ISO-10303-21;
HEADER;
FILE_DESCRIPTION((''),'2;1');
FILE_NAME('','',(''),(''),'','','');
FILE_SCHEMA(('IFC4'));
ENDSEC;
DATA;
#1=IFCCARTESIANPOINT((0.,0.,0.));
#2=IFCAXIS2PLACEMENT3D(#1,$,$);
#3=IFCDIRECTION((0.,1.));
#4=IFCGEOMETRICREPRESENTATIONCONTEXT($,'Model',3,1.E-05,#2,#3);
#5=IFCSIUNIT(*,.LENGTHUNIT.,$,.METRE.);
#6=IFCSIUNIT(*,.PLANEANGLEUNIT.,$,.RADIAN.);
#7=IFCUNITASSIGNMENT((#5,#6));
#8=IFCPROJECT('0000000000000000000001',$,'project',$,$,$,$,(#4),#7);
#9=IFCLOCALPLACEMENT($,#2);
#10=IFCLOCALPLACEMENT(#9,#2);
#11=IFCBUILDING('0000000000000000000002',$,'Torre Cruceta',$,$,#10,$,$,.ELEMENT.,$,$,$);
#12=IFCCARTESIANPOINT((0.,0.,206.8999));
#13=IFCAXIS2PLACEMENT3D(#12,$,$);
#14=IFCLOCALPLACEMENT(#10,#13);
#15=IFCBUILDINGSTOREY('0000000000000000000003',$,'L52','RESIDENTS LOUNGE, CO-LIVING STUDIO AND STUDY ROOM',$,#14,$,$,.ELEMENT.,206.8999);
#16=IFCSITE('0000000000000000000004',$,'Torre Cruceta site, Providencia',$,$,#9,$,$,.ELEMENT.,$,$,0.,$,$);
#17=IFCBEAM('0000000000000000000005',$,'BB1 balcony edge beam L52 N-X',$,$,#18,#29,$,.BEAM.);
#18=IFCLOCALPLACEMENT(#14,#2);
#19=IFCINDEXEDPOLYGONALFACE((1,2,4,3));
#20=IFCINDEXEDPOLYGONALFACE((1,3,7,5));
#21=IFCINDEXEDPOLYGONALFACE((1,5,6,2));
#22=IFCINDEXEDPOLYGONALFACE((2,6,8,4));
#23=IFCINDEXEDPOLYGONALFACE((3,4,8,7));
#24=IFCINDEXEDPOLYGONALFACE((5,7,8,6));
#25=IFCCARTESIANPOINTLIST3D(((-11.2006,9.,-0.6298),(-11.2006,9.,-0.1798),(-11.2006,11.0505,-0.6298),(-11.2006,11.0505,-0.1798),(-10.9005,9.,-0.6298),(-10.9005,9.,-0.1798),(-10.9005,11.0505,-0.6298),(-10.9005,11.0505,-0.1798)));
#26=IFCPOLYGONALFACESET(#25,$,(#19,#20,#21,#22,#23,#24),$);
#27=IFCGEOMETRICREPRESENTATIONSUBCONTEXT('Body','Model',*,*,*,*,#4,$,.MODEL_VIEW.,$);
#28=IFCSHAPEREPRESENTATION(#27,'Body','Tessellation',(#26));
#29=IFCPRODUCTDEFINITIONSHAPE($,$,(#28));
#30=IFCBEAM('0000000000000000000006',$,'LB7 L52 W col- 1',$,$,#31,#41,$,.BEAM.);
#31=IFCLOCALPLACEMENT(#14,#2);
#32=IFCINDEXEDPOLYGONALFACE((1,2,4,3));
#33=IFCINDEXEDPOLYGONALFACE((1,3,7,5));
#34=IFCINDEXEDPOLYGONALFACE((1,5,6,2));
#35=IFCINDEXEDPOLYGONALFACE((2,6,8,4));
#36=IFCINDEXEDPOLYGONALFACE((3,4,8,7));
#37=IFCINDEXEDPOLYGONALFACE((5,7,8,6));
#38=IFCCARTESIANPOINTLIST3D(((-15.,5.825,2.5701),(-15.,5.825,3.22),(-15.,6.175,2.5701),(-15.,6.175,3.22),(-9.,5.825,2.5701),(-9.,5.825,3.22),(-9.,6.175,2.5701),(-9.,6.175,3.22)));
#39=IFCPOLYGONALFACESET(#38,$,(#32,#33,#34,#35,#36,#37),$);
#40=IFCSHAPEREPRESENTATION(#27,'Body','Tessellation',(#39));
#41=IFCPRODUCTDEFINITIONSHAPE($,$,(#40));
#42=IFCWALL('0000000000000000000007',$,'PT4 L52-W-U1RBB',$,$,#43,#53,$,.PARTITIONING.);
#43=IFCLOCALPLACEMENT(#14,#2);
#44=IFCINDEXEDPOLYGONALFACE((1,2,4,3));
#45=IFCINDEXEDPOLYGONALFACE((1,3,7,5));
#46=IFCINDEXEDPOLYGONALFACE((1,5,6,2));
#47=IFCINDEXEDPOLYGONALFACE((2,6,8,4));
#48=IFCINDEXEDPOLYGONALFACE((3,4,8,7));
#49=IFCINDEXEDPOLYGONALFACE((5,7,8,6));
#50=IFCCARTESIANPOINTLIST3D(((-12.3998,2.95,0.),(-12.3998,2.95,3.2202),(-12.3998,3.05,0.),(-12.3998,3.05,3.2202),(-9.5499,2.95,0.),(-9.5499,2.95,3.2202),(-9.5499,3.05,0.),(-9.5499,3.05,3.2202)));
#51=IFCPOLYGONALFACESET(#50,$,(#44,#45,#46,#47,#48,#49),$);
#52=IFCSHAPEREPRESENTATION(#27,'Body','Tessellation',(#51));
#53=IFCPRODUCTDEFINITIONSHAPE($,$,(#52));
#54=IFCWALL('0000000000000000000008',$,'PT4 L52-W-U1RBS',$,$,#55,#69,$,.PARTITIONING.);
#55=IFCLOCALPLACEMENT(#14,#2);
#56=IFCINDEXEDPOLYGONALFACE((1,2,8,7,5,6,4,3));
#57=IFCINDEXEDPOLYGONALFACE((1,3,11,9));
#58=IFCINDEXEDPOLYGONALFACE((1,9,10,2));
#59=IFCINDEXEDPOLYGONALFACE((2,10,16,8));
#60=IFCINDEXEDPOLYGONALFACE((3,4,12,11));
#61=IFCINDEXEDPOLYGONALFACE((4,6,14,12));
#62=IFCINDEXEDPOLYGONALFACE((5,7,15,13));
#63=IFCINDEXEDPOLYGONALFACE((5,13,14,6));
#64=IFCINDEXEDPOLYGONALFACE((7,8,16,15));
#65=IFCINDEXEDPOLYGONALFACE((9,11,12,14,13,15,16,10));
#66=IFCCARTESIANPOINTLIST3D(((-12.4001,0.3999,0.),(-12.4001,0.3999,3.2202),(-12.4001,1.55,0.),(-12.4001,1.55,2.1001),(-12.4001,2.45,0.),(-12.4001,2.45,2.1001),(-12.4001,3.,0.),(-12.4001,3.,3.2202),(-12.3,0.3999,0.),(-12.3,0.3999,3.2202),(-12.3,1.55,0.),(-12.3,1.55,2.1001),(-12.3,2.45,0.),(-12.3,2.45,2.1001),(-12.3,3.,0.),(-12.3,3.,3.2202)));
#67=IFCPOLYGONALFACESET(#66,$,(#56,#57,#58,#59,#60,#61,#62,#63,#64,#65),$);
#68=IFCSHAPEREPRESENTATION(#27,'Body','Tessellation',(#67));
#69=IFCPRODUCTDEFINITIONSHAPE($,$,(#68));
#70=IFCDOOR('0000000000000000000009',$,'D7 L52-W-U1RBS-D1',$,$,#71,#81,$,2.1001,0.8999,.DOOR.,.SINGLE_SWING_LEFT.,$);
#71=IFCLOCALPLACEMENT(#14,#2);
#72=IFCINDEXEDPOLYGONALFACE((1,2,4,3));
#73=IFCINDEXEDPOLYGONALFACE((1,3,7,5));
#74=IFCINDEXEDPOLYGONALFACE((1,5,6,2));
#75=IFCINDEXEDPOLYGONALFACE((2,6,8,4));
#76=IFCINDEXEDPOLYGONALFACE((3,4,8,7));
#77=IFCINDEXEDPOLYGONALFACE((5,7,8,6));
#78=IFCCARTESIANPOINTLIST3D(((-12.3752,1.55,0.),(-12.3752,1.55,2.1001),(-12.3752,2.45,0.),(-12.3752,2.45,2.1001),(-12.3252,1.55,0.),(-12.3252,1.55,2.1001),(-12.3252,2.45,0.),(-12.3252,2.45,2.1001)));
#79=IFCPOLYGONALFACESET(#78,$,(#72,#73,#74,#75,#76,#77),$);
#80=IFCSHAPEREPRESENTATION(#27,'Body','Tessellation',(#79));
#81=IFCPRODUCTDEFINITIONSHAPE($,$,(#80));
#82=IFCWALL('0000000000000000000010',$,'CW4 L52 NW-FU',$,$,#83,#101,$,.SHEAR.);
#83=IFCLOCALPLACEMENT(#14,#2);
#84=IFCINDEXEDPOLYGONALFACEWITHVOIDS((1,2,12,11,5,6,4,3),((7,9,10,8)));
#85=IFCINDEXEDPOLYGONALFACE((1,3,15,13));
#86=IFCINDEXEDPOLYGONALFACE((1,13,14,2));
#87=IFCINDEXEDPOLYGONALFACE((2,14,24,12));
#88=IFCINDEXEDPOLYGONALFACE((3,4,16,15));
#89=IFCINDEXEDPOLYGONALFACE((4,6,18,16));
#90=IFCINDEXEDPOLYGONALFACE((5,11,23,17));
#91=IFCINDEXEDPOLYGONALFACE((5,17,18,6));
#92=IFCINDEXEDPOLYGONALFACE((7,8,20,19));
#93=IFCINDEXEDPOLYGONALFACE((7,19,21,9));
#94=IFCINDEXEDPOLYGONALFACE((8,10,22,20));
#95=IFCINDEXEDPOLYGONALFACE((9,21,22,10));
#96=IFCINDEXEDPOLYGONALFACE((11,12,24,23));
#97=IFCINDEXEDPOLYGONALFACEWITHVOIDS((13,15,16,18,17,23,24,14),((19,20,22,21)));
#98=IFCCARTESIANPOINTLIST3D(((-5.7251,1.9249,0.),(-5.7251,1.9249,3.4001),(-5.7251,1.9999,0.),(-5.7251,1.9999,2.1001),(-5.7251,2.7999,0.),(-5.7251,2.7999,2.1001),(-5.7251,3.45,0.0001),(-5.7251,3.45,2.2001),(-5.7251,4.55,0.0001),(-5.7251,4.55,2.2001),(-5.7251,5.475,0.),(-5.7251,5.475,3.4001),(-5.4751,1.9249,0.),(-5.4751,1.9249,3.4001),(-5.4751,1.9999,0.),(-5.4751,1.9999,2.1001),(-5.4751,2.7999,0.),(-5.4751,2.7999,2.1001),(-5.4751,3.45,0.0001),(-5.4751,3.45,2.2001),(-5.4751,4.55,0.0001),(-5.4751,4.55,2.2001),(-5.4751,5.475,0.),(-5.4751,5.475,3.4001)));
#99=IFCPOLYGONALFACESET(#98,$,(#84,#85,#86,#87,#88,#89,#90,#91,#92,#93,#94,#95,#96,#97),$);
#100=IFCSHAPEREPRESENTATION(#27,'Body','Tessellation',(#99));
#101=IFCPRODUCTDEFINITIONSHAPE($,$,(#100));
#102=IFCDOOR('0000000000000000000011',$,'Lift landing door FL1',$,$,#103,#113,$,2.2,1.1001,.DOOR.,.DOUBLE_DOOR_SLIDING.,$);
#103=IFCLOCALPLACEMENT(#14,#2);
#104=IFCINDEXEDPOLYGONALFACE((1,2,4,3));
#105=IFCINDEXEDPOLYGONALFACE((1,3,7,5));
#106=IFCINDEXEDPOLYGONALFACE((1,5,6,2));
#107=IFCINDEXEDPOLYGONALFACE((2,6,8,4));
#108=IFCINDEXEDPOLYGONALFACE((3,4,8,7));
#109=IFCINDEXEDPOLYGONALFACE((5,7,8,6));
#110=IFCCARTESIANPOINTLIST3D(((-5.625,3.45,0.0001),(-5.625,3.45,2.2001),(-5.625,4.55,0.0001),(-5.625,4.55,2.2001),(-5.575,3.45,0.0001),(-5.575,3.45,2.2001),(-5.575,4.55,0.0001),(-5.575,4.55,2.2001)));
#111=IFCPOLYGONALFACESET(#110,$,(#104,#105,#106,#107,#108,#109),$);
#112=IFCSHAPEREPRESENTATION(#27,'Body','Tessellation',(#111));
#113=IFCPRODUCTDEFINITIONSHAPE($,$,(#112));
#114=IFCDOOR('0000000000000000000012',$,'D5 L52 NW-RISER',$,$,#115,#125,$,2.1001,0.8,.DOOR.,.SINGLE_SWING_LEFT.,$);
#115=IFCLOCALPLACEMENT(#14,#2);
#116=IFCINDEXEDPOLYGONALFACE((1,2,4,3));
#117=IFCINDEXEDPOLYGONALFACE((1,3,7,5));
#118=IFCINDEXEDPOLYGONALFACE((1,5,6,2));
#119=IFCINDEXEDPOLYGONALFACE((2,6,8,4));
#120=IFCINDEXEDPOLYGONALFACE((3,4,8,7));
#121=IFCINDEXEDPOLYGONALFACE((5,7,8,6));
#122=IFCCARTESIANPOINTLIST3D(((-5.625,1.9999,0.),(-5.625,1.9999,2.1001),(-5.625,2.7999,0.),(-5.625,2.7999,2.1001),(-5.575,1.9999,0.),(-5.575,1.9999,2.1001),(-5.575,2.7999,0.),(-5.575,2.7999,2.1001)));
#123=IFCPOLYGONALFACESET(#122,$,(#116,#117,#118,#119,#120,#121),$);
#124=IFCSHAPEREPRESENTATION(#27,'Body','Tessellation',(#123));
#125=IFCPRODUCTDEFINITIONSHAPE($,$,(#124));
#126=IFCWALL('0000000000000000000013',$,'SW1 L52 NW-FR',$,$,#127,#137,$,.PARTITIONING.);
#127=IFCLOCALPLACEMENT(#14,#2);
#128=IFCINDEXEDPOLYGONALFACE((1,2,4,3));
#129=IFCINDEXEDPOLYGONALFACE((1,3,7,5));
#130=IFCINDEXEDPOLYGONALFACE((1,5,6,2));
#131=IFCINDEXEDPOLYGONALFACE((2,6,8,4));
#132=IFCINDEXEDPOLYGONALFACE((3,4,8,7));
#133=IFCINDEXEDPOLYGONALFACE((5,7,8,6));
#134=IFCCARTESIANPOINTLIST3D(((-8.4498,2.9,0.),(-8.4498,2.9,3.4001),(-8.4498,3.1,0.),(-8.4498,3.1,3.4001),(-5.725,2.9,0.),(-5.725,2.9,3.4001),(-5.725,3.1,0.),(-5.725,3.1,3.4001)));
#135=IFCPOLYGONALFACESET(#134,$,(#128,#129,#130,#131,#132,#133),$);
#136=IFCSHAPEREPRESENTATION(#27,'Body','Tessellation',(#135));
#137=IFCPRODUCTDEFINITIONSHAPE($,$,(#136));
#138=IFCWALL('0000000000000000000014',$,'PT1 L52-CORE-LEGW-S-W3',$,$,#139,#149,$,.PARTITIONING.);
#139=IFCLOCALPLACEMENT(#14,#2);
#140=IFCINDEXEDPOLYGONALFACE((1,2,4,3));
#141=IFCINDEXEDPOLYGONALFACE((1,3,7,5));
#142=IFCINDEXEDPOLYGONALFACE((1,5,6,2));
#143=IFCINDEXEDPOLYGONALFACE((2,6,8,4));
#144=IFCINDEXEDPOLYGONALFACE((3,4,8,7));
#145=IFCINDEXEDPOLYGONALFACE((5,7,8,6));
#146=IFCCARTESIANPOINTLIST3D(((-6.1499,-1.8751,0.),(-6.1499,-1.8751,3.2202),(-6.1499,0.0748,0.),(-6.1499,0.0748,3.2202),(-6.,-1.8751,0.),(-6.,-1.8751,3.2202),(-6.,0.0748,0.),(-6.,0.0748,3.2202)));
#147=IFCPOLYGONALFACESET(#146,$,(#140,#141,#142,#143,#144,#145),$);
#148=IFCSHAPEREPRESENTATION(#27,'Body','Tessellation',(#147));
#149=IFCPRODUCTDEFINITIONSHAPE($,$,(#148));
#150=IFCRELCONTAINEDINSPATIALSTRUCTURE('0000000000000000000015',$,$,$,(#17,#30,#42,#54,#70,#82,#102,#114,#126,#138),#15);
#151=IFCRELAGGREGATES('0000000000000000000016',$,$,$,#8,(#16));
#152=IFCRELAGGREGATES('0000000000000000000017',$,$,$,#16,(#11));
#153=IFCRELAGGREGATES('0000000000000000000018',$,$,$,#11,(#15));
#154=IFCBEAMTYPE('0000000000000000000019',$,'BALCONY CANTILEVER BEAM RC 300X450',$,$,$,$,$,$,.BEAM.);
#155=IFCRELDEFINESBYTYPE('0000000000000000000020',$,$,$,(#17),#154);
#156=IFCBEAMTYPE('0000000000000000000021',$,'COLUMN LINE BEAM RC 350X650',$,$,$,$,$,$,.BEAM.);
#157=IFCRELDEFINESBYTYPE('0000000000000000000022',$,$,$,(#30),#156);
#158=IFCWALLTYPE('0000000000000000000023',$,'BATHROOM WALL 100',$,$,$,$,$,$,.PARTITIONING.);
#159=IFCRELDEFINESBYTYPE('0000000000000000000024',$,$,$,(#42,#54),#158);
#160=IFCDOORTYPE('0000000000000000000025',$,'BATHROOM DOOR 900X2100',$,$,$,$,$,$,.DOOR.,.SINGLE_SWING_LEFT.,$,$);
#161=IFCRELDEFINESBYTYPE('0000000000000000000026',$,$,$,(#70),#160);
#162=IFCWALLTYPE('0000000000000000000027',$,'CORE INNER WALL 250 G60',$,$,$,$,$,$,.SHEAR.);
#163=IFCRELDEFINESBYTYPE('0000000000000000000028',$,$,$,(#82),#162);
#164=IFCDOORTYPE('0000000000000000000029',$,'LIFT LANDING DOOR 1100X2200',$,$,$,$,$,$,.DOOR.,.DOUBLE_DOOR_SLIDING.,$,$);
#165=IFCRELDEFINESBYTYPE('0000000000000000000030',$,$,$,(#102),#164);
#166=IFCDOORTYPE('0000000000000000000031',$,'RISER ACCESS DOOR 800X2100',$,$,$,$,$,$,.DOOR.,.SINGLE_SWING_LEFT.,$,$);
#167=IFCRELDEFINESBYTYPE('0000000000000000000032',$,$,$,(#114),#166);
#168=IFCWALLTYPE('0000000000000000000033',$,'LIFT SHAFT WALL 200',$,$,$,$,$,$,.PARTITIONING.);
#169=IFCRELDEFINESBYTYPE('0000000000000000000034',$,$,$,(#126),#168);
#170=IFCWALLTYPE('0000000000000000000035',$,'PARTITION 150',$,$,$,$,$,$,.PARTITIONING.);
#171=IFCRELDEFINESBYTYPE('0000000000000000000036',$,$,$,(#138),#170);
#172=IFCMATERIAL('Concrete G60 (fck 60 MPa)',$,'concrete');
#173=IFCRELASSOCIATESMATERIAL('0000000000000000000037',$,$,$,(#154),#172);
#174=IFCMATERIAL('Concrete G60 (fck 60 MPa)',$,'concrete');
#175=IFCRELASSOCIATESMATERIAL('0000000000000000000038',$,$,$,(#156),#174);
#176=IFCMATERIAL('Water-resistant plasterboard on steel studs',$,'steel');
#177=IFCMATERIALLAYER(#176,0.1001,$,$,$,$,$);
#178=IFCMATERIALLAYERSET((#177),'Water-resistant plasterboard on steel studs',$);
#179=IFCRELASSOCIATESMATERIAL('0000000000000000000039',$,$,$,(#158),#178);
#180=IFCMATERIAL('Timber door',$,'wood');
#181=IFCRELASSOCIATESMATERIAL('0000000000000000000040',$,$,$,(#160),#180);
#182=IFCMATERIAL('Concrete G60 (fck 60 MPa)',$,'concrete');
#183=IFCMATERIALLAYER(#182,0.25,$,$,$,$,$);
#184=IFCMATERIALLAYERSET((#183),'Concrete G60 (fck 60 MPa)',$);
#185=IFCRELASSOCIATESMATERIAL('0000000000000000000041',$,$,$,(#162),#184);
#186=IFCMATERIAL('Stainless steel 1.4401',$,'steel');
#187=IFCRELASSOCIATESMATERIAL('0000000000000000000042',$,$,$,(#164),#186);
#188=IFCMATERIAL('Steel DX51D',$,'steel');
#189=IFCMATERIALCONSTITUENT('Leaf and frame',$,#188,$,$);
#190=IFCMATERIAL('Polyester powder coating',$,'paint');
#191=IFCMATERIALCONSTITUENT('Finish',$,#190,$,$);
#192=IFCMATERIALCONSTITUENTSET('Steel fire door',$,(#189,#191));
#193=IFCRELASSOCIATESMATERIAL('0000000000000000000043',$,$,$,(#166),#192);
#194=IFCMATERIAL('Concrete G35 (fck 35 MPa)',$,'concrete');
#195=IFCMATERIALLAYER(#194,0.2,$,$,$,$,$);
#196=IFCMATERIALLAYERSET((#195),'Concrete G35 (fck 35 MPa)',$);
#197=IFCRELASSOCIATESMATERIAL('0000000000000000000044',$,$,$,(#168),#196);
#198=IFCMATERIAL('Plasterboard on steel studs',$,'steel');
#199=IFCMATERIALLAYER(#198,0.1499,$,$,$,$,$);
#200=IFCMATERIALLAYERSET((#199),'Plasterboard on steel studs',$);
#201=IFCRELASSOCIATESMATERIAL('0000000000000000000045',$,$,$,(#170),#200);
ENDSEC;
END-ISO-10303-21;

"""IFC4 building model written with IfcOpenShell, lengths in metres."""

from ifc_helpers import new_model, si_unit, direction, frame, frame_2d, origin, origin_2d, place, context, subcontext, project, spatial, rectangle, extrude, material, layer, layer_set, constituent, constituent_set, material_profile, profile_set, type_object, element, fill, save


model = new_model("IFC4")

# Units and contexts
model_context = context("Model", 3, precision=1e-05, world=origin(), true_north=direction((0.0, 1.0)))
body_context = subcontext(model_context, "Body", "Model", "MODEL_VIEW")
ifc_project = project(units=[si_unit("LENGTHUNIT", "METRE"), si_unit("PLANEANGLEUNIT", "RADIAN")], contexts=[model_context])

# Site, building, storey
site_placement = place(None, origin())
site = spatial("IfcSite", under=ifc_project, at=site_placement, Name="Torre Cruceta site, Providencia", CompositionType="ELEMENT", RefElevation=0.0)
building_placement = place(site_placement, origin())
building = spatial("IfcBuilding", under=site, at=building_placement, Name="Torre Cruceta", CompositionType="ELEMENT")
storey_placement = place(building_placement, frame((0.0, 0.0, 206.8999)))
storey = spatial("IfcBuildingStorey", under=building, at=storey_placement, Name="L52", Description="RESIDENTS LOUNGE, CO-LIVING STUDIO AND STUDY ROOM", CompositionType="ELEMENT", Elevation=206.8999)

# Beams
ifc_material_1 = material(Name="Concrete G60 (fck 60 MPa)", Category="concrete")
ifc_material_profile_1 = material_profile(ifc_material_1, rectangle(XDim=0.3, YDim=0.45, at=origin_2d()), Name="RC 300X450")
ifc_profile_set_1 = profile_set([ifc_material_profile_1], Name="Concrete G60 (fck 60 MPa)")
beam_type_1 = type_object("IfcBeamType", Name="BALCONY CANTILEVER BEAM RC 300X450", PredefinedType="BEAM", material=ifc_profile_set_1)
beam_1_placement = place(storey_placement, frame((-11.0505, 9.0, -0.4048), z_axis=(0.0, 1.0, 0.0), x_axis=(-1.0, 0.0, 0.0)))
element("IfcBeam", 1, at=beam_1_placement, inside=storey, type_object=beam_type_1, Name="BB1 balcony edge beam L52 N-X", PredefinedType="BEAM", context=body_context, shape_type="SweptSolid", body=[
    extrude(rectangle(XDim=0.3, YDim=0.45, at=origin_2d()), origin(), (0.0, 0.0, 1.0), 2.0505),
])
ifc_material_2 = material(Name="Concrete G60 (fck 60 MPa)", Category="concrete")
ifc_material_profile_2 = material_profile(ifc_material_2, rectangle(XDim=0.3501, YDim=0.6499, at=origin_2d()), Name="RC 350X650")
ifc_profile_set_2 = profile_set([ifc_material_profile_2], Name="Concrete G60 (fck 60 MPa)")
beam_type_2 = type_object("IfcBeamType", Name="COLUMN LINE BEAM RC 350X650", PredefinedType="BEAM", material=ifc_profile_set_2)
beam_2_placement = place(storey_placement, frame((-9.0, 6.0, 2.895), z_axis=(-1.0, 0.0, 0.0), x_axis=(0.0, -1.0, 0.0)))
element("IfcBeam", 2, at=beam_2_placement, inside=storey, type_object=beam_type_2, Name="LB7 L52 W col- 1", PredefinedType="BEAM", context=body_context, shape_type="SweptSolid", body=[
    extrude(rectangle(XDim=0.3501, YDim=0.6499, at=origin_2d()), origin(), (0.0, 0.0, 1.0), 6.0),
])

# Wall
ifc_material_3 = material(Name="Water-resistant plasterboard on steel studs", Category="steel")
ifc_layer_1 = layer(ifc_material_3, 0.1001)
ifc_layer_set_1 = layer_set([ifc_layer_1], Name="Water-resistant plasterboard on steel studs")
wall_type_1 = type_object("IfcWallType", Name="BATHROOM WALL 100", PredefinedType="PARTITIONING", material=ifc_layer_set_1)
wall_1_placement = place(storey_placement, frame((-9.55, 3.0, 0.0), z_axis=(0.0, 0.0, 1.0), x_axis=(-1.0, 0.0, 0.0)))
element("IfcWall", 3, at=wall_1_placement, inside=storey, type_object=wall_type_1, Name="PT4 L52-W-U1RBB", PredefinedType="PARTITIONING", context=body_context, shape_type="SweptSolid", body=[
    extrude(rectangle(XDim=2.8499, YDim=0.1001, at=frame_2d((1.4248, 0.0))), origin(), (0.0, 0.0, 1.0), 3.2202),
])

# Wall, opening, door
wall_2_placement = place(storey_placement, frame((-12.3501, 3.0, 0.0), z_axis=(0.0, 0.0, 1.0), x_axis=(0.0, -1.0, 0.0)))
wall_2 = element("IfcWall", 4, at=wall_2_placement, inside=storey, type_object=wall_type_1, Name="PT4 L52-W-U1RBS", PredefinedType="PARTITIONING", context=body_context, shape_type="SweptSolid", body=[
    extrude(rectangle(XDim=2.6001, YDim=0.1001, at=frame_2d((1.3, 0.0))), origin(), (0.0, 0.0, 1.0), 3.2202),
])
opening_1_placement = place(wall_2_placement, frame((0.55, 0.0, 0.0)))
opening_1 = element("IfcOpeningElement", 5, at=opening_1_placement, cuts=wall_2, PredefinedType="OPENING", context=body_context, shape_type="SweptSolid", body=[
    extrude(rectangle(XDim=0.8999, YDim=2.1001, at=frame_2d((0.45, 1.05))), frame((0.0, 0.0601, 0.0), z_axis=(0.0, -1.0, 0.0), x_axis=(1.0, 0.0, 0.0)), (0.0, 0.0, 1.0), 0.1201),
])
ifc_material_4 = material(Name="Timber door", Category="wood")
door_type_1 = type_object("IfcDoorType", Name="BATHROOM DOOR 900X2100", OperationType="SINGLE_SWING_LEFT", PredefinedType="DOOR", material=ifc_material_4)
door_1_placement = place(opening_1_placement, origin())
door_1 = element("IfcDoor", 6, at=door_1_placement, inside=storey, type_object=door_type_1, Name="D7 L52-W-U1RBS-D1", OperationType="SINGLE_SWING_LEFT", OverallHeight=2.1001, OverallWidth=0.8999, PredefinedType="DOOR", context=body_context, shape_type="SweptSolid", body=[
    extrude(rectangle(XDim=0.8999, YDim=2.1001, at=frame_2d((0.45, 1.05))), frame((0.0, 0.0249, 0.0), z_axis=(0.0, -1.0, 0.0), x_axis=(1.0, 0.0, 0.0)), (0.0, 0.0, 1.0), 0.05),
])
fill(opening_1, door_1)

# Wall, openings, doors
ifc_material_5 = material(Name="Concrete G60 (fck 60 MPa)", Category="concrete")
ifc_layer_2 = layer(ifc_material_5, 0.25)
ifc_layer_set_2 = layer_set([ifc_layer_2], Name="Concrete G60 (fck 60 MPa)")
wall_type_2 = type_object("IfcWallType", Name="CORE INNER WALL 250 G60", PredefinedType="SHEAR", material=ifc_layer_set_2)
wall_3_placement = place(storey_placement, frame((-5.6001, 1.925, 0.0), z_axis=(0.0, 0.0, 1.0), x_axis=(0.0, 1.0, 0.0)))
wall_3 = element("IfcWall", 7, at=wall_3_placement, inside=storey, type_object=wall_type_2, Name="CW4 L52 NW-FU", PredefinedType="SHEAR", context=body_context, shape_type="SweptSolid", body=[
    extrude(rectangle(XDim=3.55, YDim=0.25, at=frame_2d((1.7749, 0.0))), origin(), (0.0, 0.0, 1.0), 3.4001),
])
opening_2_placement = place(wall_3_placement, frame((1.5249, 0.0, 0.0)))
opening_2 = element("IfcOpeningElement", 8, at=opening_2_placement, cuts=wall_3, PredefinedType="OPENING", context=body_context, shape_type="SweptSolid", body=[
    extrude(rectangle(XDim=1.1001, YDim=2.2, at=frame_2d((0.55, 1.1001))), frame((0.0, 0.135, 0.0), z_axis=(0.0, -1.0, 0.0), x_axis=(1.0, 0.0, 0.0)), (0.0, 0.0, 1.0), 0.27),
])
opening_3_placement = place(wall_3_placement, frame((0.075, 0.0, 0.0)))
opening_3 = element("IfcOpeningElement", 9, at=opening_3_placement, cuts=wall_3, PredefinedType="OPENING", context=body_context, shape_type="SweptSolid", body=[
    extrude(rectangle(XDim=0.8, YDim=2.1001, at=frame_2d((0.3999, 1.05))), frame((0.0, 0.135, 0.0), z_axis=(0.0, -1.0, 0.0), x_axis=(1.0, 0.0, 0.0)), (0.0, 0.0, 1.0), 0.27),
])
ifc_material_6 = material(Name="Stainless steel 1.4401", Category="steel")
door_type_2 = type_object("IfcDoorType", Name="LIFT LANDING DOOR 1100X2200", OperationType="DOUBLE_DOOR_SLIDING", PredefinedType="DOOR", material=ifc_material_6)
door_2_placement = place(opening_2_placement, origin())
door_2 = element("IfcDoor", 10, at=door_2_placement, inside=storey, type_object=door_type_2, Name="Lift landing door FL1", OperationType="DOUBLE_DOOR_SLIDING", OverallHeight=2.2, OverallWidth=1.1001, PredefinedType="DOOR", context=body_context, shape_type="SweptSolid", body=[
    extrude(rectangle(XDim=1.1001, YDim=2.2, at=frame_2d((0.55, 1.1001))), frame((0.0, 0.0249, 0.0), z_axis=(0.0, -1.0, 0.0), x_axis=(1.0, 0.0, 0.0)), (0.0, 0.0, 1.0), 0.05),
])
fill(opening_2, door_2)
ifc_material_7 = material(Name="Steel DX51D", Category="steel")
ifc_constituent_1 = constituent(ifc_material_7, Name="Leaf and frame")
ifc_material_8 = material(Name="Polyester powder coating", Category="paint")
ifc_constituent_2 = constituent(ifc_material_8, Name="Finish")
ifc_constituent_set_1 = constituent_set(constituents=[ifc_constituent_1, ifc_constituent_2], Name="Steel fire door")
door_type_3 = type_object("IfcDoorType", Name="RISER ACCESS DOOR 800X2100", OperationType="SINGLE_SWING_LEFT", PredefinedType="DOOR", material=ifc_constituent_set_1)
door_3_placement = place(opening_3_placement, origin())
door_3 = element("IfcDoor", 11, at=door_3_placement, inside=storey, type_object=door_type_3, Name="D5 L52 NW-RISER", OperationType="SINGLE_SWING_LEFT", OverallHeight=2.1001, OverallWidth=0.8, PredefinedType="DOOR", context=body_context, shape_type="SweptSolid", body=[
    extrude(rectangle(XDim=0.8, YDim=2.1001, at=frame_2d((0.3999, 1.05))), frame((0.0, 0.0249, 0.0), z_axis=(0.0, -1.0, 0.0), x_axis=(1.0, 0.0, 0.0)), (0.0, 0.0, 1.0), 0.05),
])
fill(opening_3, door_3)

# Walls
ifc_material_9 = material(Name="Concrete G35 (fck 35 MPa)", Category="concrete")
ifc_layer_3 = layer(ifc_material_9, 0.2)
ifc_layer_set_3 = layer_set([ifc_layer_3], Name="Concrete G35 (fck 35 MPa)")
wall_type_3 = type_object("IfcWallType", Name="LIFT SHAFT WALL 200", PredefinedType="PARTITIONING", material=ifc_layer_set_3)
wall_4_placement = place(storey_placement, frame((-5.7251, 3.0, 0.0), z_axis=(0.0, 0.0, 1.0), x_axis=(-1.0, 0.0, 0.0)))
element("IfcWall", 12, at=wall_4_placement, inside=storey, type_object=wall_type_3, Name="SW1 L52 NW-FR", PredefinedType="PARTITIONING", context=body_context, shape_type="SweptSolid", body=[
    extrude(rectangle(XDim=2.7249, YDim=0.2, at=frame_2d((1.3623, 0.0))), origin(), (0.0, 0.0, 1.0), 3.4001),
])
ifc_material_10 = material(Name="Plasterboard on steel studs", Category="steel")
ifc_layer_4 = layer(ifc_material_10, 0.1499)
ifc_layer_set_4 = layer_set([ifc_layer_4], Name="Plasterboard on steel studs")
wall_type_4 = type_object("IfcWallType", Name="PARTITION 150", PredefinedType="PARTITIONING", material=ifc_layer_set_4)
wall_5_placement = place(storey_placement, frame((-6.075, 0.075, 0.0), z_axis=(0.0, 0.0, 1.0), x_axis=(0.0, -1.0, 0.0)))
element("IfcWall", 13, at=wall_5_placement, inside=storey, type_object=wall_type_4, Name="PT1 L52-CORE-LEGW-S-W3", PredefinedType="PARTITIONING", context=body_context, shape_type="SweptSolid", body=[
    extrude(rectangle(XDim=1.95, YDim=0.1499, at=frame_2d((0.9751, 0.0))), origin(), (0.0, 0.0, 1.0), 3.2202),
])

save(model, "model.ifc")
